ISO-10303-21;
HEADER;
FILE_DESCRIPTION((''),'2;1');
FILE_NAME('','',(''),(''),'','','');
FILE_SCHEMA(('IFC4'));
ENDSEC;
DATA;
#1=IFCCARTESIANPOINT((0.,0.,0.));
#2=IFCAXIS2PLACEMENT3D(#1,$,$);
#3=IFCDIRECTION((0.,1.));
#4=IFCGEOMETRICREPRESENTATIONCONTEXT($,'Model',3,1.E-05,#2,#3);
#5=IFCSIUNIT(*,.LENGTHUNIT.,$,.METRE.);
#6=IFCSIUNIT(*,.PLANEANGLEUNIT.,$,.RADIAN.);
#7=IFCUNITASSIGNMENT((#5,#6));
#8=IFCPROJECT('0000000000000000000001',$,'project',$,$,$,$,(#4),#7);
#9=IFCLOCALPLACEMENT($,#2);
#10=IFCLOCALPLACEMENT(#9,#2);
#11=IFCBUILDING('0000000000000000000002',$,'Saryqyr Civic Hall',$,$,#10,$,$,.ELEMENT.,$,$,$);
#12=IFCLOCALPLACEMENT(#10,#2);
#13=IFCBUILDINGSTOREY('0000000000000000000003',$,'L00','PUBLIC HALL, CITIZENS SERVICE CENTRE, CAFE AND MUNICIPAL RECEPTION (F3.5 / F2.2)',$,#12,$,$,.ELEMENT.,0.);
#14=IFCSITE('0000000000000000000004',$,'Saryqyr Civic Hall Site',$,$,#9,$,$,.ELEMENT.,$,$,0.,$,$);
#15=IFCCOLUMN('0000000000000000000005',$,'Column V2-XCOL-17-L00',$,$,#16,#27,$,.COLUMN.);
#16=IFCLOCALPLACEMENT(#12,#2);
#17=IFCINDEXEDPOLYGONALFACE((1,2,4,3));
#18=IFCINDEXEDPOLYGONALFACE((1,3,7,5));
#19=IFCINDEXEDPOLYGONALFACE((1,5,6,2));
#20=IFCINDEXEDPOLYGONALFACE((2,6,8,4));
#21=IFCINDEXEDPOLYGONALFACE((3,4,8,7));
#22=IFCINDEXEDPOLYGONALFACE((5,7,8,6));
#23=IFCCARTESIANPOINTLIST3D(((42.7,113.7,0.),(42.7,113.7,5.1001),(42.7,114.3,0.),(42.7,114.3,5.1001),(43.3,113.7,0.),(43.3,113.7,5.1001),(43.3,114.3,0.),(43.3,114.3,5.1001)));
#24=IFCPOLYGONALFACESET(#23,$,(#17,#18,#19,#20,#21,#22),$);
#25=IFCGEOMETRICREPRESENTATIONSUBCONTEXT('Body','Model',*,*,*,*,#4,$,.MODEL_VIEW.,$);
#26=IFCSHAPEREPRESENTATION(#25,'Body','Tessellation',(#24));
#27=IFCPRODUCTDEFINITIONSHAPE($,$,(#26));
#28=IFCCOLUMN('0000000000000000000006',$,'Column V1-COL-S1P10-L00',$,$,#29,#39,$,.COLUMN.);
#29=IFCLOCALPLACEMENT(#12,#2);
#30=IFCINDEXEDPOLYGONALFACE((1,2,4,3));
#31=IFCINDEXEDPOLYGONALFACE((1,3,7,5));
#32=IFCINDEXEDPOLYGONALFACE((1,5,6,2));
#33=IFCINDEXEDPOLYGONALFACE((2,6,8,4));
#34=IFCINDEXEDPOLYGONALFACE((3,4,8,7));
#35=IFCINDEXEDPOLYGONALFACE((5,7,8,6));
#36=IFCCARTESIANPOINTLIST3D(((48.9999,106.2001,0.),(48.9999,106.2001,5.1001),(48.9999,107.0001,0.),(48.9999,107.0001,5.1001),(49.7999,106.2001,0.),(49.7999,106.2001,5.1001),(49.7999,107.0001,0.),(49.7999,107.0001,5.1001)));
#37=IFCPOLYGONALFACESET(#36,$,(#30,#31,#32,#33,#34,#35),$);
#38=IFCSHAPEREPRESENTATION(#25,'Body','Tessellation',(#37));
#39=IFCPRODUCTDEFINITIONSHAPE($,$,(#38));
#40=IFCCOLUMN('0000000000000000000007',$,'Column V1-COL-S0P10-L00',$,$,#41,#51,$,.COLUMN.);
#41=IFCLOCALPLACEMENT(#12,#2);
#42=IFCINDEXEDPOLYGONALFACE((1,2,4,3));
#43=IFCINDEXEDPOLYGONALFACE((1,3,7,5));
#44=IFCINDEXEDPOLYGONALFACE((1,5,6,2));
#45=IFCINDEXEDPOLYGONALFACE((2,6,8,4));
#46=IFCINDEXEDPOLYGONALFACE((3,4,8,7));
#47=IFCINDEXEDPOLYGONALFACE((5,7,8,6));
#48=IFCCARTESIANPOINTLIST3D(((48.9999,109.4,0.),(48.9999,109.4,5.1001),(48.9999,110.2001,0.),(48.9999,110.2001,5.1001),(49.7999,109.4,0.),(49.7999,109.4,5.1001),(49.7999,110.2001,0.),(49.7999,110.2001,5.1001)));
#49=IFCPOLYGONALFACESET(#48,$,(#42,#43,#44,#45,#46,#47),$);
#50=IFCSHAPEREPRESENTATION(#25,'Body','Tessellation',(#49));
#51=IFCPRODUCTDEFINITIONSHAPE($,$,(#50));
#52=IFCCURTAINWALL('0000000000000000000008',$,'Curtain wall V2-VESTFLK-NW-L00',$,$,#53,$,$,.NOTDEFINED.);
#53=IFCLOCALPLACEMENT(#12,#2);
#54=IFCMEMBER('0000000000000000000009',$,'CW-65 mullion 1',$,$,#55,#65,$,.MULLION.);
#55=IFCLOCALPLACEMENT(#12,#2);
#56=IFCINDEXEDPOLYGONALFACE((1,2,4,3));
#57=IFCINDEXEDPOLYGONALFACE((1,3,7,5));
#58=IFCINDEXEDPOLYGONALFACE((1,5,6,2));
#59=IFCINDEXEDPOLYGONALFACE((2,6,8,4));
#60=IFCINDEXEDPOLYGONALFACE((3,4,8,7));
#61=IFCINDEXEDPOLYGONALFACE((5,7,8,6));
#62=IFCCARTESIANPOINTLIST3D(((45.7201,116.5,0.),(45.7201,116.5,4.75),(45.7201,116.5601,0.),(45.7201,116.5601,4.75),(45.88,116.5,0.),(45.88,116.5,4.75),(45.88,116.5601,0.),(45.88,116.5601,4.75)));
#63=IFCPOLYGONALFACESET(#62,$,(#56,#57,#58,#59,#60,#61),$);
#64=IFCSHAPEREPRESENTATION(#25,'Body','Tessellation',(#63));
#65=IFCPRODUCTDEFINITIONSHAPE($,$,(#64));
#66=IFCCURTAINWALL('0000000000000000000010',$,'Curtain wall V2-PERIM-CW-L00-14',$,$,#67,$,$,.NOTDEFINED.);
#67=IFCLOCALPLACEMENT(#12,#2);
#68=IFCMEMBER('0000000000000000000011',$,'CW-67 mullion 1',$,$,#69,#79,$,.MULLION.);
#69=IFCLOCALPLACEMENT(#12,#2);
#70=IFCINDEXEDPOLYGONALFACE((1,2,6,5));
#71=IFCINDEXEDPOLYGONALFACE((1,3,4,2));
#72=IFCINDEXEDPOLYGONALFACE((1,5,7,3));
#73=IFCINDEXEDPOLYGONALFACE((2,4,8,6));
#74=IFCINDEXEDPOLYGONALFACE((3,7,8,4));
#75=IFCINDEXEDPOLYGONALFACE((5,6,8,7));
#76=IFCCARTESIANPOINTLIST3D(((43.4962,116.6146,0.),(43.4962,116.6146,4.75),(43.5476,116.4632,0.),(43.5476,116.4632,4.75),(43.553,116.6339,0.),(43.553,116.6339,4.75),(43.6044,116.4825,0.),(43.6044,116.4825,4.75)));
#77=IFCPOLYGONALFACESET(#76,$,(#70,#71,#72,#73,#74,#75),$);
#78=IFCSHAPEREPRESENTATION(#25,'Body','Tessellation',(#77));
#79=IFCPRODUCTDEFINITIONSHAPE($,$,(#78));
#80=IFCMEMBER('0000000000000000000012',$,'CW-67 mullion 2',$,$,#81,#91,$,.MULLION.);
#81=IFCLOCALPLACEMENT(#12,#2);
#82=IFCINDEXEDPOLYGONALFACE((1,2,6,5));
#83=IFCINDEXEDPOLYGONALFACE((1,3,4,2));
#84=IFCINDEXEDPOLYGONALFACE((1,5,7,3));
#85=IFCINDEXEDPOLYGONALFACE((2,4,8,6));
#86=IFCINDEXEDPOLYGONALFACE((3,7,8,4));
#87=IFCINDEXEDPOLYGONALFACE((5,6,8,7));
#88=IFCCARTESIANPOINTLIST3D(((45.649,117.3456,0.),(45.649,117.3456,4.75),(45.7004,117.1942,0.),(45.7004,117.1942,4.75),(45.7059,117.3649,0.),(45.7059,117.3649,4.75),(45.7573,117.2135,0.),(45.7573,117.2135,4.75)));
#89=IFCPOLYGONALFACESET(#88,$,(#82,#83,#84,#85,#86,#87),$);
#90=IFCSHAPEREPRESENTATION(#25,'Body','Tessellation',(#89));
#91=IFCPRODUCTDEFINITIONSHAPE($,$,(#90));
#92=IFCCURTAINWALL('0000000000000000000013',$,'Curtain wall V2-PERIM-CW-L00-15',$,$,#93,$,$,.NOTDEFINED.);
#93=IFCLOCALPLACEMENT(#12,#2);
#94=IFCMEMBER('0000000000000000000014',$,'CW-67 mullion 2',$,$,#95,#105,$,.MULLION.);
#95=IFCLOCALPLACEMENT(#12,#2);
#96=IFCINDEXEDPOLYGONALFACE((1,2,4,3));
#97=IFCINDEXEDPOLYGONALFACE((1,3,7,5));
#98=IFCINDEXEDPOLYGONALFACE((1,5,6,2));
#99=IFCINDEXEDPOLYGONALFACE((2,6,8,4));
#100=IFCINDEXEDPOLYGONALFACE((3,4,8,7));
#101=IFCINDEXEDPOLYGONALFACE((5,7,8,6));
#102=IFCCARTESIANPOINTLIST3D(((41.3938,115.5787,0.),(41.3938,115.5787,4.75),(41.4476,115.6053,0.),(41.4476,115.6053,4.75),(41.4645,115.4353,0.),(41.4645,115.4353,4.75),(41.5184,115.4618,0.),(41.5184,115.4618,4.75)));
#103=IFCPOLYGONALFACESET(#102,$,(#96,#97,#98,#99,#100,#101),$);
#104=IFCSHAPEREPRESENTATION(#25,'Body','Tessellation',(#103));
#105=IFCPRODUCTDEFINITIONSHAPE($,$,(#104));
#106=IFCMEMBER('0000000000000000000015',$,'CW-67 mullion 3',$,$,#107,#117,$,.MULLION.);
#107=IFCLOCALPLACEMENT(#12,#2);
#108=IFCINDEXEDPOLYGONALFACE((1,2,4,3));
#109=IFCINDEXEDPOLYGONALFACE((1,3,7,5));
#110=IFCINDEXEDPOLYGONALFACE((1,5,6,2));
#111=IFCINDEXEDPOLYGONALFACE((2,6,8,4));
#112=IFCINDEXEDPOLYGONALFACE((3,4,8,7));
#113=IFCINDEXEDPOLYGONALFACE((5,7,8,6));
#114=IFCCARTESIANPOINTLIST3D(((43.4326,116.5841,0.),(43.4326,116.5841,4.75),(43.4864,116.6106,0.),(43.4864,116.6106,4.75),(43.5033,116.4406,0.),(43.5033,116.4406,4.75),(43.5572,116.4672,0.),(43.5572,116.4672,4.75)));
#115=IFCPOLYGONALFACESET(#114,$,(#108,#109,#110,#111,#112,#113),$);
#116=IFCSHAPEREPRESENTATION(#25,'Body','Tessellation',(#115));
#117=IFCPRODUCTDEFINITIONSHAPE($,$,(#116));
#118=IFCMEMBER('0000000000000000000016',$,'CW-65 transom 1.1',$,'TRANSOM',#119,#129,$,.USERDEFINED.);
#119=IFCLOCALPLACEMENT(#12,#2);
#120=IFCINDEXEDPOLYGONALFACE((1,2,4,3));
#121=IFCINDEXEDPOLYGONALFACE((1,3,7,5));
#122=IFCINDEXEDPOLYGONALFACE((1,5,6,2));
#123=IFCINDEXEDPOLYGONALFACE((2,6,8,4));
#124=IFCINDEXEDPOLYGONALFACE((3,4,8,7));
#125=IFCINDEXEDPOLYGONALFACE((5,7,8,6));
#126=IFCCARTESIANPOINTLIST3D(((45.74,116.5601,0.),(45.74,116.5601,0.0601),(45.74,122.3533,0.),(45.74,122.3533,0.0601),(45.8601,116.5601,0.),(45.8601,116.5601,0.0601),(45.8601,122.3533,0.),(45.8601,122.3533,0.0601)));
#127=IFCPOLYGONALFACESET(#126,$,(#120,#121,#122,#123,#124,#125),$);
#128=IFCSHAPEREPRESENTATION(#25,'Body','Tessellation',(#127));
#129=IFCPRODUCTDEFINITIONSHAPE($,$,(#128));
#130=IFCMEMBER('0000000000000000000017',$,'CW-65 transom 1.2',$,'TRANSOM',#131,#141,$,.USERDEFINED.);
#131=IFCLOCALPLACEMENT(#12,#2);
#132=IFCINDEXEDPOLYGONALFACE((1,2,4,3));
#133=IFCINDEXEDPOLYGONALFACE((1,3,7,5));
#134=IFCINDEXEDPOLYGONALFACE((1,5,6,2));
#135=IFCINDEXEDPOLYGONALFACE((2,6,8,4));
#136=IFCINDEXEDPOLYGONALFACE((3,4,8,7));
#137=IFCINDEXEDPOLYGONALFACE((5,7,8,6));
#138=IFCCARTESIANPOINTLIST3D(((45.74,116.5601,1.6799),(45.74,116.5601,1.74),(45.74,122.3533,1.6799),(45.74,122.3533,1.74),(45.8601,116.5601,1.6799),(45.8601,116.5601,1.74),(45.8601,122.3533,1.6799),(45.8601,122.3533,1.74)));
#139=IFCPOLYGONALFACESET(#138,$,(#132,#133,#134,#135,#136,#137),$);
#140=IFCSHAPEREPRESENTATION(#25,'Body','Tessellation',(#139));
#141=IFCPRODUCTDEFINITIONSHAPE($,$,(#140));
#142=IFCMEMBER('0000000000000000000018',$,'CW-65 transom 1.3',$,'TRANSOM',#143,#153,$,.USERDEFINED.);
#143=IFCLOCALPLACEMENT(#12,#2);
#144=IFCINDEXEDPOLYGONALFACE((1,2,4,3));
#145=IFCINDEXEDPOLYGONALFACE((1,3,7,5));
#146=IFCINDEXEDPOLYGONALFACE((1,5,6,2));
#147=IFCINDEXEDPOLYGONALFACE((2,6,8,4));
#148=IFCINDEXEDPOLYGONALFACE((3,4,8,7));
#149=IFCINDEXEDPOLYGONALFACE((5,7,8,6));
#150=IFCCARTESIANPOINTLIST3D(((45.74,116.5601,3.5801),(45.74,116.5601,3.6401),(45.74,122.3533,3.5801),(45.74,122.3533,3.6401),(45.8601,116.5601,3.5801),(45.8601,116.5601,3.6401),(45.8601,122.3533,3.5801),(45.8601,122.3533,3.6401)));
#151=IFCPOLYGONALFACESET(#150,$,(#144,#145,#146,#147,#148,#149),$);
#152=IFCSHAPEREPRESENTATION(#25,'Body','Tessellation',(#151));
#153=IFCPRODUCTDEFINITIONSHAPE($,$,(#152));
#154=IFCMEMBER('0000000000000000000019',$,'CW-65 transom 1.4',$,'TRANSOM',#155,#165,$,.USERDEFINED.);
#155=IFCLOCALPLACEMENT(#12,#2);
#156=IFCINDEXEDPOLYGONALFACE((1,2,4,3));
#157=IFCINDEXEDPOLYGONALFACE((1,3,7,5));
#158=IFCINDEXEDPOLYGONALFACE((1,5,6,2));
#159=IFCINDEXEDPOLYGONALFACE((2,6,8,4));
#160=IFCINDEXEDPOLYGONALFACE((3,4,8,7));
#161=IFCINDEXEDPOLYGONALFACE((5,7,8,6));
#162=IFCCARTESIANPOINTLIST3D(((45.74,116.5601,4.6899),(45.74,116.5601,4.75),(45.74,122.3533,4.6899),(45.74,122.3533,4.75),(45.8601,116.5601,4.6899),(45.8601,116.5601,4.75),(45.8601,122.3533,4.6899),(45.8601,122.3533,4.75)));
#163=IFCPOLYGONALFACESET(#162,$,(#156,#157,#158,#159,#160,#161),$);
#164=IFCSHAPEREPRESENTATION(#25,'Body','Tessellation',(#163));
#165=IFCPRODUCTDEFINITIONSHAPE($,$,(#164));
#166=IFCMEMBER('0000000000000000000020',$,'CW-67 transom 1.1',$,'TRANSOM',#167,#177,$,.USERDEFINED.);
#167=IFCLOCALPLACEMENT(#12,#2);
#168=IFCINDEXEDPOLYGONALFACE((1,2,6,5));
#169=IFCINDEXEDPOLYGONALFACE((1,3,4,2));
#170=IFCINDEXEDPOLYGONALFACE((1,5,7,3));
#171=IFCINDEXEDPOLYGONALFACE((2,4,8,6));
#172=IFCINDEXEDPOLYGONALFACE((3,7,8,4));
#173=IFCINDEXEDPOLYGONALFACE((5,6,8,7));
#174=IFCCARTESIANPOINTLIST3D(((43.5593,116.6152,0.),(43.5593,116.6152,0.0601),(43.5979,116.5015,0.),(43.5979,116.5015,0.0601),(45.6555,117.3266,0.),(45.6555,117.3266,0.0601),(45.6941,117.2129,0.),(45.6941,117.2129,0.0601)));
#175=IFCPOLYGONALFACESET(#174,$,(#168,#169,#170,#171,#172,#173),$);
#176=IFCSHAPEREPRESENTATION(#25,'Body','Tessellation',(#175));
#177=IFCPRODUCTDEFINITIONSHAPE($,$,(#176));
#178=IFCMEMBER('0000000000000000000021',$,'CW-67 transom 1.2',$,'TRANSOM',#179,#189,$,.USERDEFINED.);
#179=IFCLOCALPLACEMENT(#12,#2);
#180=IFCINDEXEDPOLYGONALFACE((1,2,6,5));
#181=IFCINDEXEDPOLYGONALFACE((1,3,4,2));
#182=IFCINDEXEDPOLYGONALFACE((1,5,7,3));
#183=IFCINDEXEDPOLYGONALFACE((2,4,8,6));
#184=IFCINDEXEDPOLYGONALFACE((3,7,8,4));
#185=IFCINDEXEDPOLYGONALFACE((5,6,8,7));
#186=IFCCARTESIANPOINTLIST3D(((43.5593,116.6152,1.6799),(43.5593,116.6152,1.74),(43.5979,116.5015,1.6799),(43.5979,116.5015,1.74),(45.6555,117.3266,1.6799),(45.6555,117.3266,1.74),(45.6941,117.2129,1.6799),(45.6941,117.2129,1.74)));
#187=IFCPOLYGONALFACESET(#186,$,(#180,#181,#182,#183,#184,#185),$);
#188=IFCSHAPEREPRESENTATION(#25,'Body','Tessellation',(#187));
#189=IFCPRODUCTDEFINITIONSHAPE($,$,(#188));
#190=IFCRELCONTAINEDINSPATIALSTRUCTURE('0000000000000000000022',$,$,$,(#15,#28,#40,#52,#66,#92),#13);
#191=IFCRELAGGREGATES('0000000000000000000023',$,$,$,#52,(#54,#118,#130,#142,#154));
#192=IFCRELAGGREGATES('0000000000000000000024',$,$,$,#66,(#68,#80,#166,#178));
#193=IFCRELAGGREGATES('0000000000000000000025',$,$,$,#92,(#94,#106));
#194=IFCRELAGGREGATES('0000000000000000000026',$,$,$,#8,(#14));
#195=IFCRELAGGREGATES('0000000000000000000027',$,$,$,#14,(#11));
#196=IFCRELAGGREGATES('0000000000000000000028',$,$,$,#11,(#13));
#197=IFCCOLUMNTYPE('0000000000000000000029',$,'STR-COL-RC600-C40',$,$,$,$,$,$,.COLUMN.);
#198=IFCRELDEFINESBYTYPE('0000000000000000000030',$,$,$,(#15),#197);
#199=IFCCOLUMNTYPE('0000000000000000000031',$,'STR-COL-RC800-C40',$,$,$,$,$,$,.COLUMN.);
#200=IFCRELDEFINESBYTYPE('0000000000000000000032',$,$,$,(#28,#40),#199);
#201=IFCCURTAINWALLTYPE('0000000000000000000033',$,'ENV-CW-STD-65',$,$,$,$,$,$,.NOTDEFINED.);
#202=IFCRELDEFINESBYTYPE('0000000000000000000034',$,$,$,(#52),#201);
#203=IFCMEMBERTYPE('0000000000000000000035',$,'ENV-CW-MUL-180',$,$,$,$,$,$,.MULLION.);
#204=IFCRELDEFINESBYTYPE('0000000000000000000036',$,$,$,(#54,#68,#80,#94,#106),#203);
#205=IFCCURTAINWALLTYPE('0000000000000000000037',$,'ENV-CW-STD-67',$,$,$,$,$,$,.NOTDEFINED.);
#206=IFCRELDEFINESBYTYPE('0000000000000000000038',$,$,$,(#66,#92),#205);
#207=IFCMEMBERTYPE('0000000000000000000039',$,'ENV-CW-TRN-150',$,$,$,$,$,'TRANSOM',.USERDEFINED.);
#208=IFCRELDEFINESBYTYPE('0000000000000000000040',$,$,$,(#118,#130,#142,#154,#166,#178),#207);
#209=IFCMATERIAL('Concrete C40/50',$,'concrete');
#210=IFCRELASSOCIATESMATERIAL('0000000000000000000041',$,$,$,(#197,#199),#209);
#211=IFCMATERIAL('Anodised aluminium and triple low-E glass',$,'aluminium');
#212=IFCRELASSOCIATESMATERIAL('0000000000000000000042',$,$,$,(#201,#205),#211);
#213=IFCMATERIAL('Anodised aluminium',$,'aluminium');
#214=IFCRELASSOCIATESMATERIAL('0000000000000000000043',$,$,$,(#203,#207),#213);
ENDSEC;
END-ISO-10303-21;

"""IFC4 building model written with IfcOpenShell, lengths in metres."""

from ifc_helpers import new_model, si_unit, direction, frame, origin, origin_2d, place, context, subcontext, project, spatial, rectangle, extrude, material, material_profile, profile_set, type_object, element, aggregate, save


model = new_model("IFC4")

# Units and contexts
model_context = context("Model", 3, precision=1e-05, world=origin(), true_north=direction((0.0, 1.0)))
body_context = subcontext(model_context, "Body", "Model", "MODEL_VIEW")
ifc_project = project(units=[si_unit("LENGTHUNIT", "METRE"), si_unit("PLANEANGLEUNIT", "RADIAN")], contexts=[model_context])

# Site, building, storey
site_placement = place(None, origin())
site = spatial("IfcSite", under=ifc_project, at=site_placement, Name="Saryqyr Civic Hall Site", CompositionType="ELEMENT", RefElevation=0.0)
building_placement = place(site_placement, origin())
building = spatial("IfcBuilding", under=site, at=building_placement, Name="Saryqyr Civic Hall", CompositionType="ELEMENT")
storey_placement = place(building_placement, origin())
storey = spatial("IfcBuildingStorey", under=building, at=storey_placement, Name="L00", Description="PUBLIC HALL, CITIZENS SERVICE CENTRE, CAFE AND MUNICIPAL RECEPTION (F3.5 / F2.2)", CompositionType="ELEMENT", Elevation=0.0)

# Columns
ifc_material_1 = material(Name="Concrete C40/50", Category="concrete")
ifc_material_profile_1 = material_profile(ifc_material_1, rectangle(XDim=0.6001, YDim=0.6001, at=origin_2d()), Name="RC 600x600")
ifc_profile_set_1 = profile_set([ifc_material_profile_1], Name="Concrete C40/50")
column_type_1 = type_object("IfcColumnType", Name="STR-COL-RC600-C40", PredefinedType="COLUMN", material=ifc_profile_set_1)
column_placement = place(storey_placement, frame((43.0, 114.0, 0.0), z_axis=(0.0, 0.0, 1.0), x_axis=(1.0, 0.0, 0.0)))
element("IfcColumn", 1, at=column_placement, inside=storey, type_object=column_type_1, Name="Column V2-XCOL-17-L00", PredefinedType="COLUMN", context=body_context, shape_type="SweptSolid", body=[
    extrude(rectangle(XDim=0.6001, YDim=0.6001, at=origin_2d()), origin(), (0.0, 0.0, 1.0), 5.1001),
])
ifc_material_profile_2 = material_profile(ifc_material_1, rectangle(XDim=0.8, YDim=0.8, at=origin_2d()), Name="RC 800x800")
ifc_profile_set_2 = profile_set([ifc_material_profile_2], Name="Concrete C40/50")
column_type_2 = type_object("IfcColumnType", Name="STR-COL-RC800-C40", PredefinedType="COLUMN", material=ifc_profile_set_2)
for number, where, z_axis, x_axis, name in (
    (2, (49.3999, 106.6001, 0.0), (0.0, 0.0, 1.0), (1.0, 0.0, 0.0), "Column V1-COL-S1P10-L00"),
    (3, (49.3999, 109.8, 0.0), (0.0, 0.0, 1.0), (1.0, 0.0, 0.0), "Column V1-COL-S0P10-L00"),
):
    element("IfcColumn", number, at=place(storey_placement, frame(where, z_axis=z_axis, x_axis=x_axis)), inside=storey, type_object=column_type_2, Name=name, PredefinedType="COLUMN", context=body_context, shape_type="SweptSolid", body=[
        extrude(rectangle(XDim=0.8, YDim=0.8, at=origin_2d()), origin(), (0.0, 0.0, 1.0), 5.1001),
    ])

# Curtain wall, member
ifc_material_2 = material(Name="Anodised aluminium and triple low-E glass", Category="aluminium")
curtain_wall_type_1 = type_object("IfcCurtainWallType", Name="ENV-CW-STD-65", PredefinedType="NOTDEFINED", material=ifc_material_2)
curtain_wall_1_placement = place(storey_placement, origin())
curtain_wall_1 = element("IfcCurtainWall", 4, at=curtain_wall_1_placement, inside=storey, type_object=curtain_wall_type_1, Name="Curtain wall V2-VESTFLK-NW-L00", PredefinedType="NOTDEFINED")
ifc_material_3 = material(Name="Anodised aluminium", Category="aluminium")
ifc_material_profile_3 = material_profile(ifc_material_3, rectangle(XDim=0.0601, YDim=0.1599, at=origin_2d()), Name="ALU MULLION 60x160")
ifc_profile_set_3 = profile_set([ifc_material_profile_3], Name="Anodised aluminium")
member_type_1 = type_object("IfcMemberType", Name="ENV-CW-MUL-180", PredefinedType="MULLION", material=ifc_profile_set_3)
member_1_placement = place(storey_placement, frame((45.8, 116.53, 0.0), z_axis=(0.0, 0.0, 1.0), x_axis=(0.0, 1.0, 0.0)))
member_1 = element("IfcMember", 5, at=member_1_placement, type_object=member_type_1, Name="CW-65 mullion 1", PredefinedType="MULLION", context=body_context, shape_type="SweptSolid", body=[
    extrude(rectangle(XDim=0.0601, YDim=0.1599, at=origin_2d()), origin(), (0.0, 0.0, 1.0), 4.75),
])

# Curtain walls, members
curtain_wall_type_2 = type_object("IfcCurtainWallType", Name="ENV-CW-STD-67", PredefinedType="NOTDEFINED", material=ifc_material_2)
curtain_wall_2_placement = place(storey_placement, origin())
curtain_wall_2 = element("IfcCurtainWall", 6, at=curtain_wall_2_placement, inside=storey, type_object=curtain_wall_type_2, Name="Curtain wall V2-PERIM-CW-L00-14", PredefinedType="NOTDEFINED")
member_2_placement = place(storey_placement, frame((43.5503, 116.5486, 0.0), z_axis=(0.0, 0.0, 1.0), x_axis=(0.946928, 0.321445, 0.0)))
member_2 = element("IfcMember", 7, at=member_2_placement, type_object=member_type_1, Name="CW-67 mullion 1", PredefinedType="MULLION", context=body_context, shape_type="SweptSolid", body=[
    extrude(rectangle(XDim=0.0601, YDim=0.1599, at=origin_2d()), origin(), (0.0, 0.0, 1.0), 4.75),
])
member_3_placement = place(storey_placement, frame((45.7031, 117.2795, 0.0), z_axis=(0.0, 0.0, 1.0), x_axis=(0.946928, 0.321445, 0.0)))
member_3 = element("IfcMember", 8, at=member_3_placement, type_object=member_type_1, Name="CW-67 mullion 2", PredefinedType="MULLION", context=body_context, shape_type="SweptSolid", body=[
    extrude(rectangle(XDim=0.0601, YDim=0.1599, at=origin_2d()), origin(), (0.0, 0.0, 1.0), 4.75),
])
curtain_wall_3_placement = place(storey_placement, origin())
curtain_wall_3 = element("IfcCurtainWall", 9, at=curtain_wall_3_placement, inside=storey, type_object=curtain_wall_type_2, Name="Curtain wall V2-PERIM-CW-L00-15", PredefinedType="NOTDEFINED")
member_4_placement = place(storey_placement, frame((41.4561, 115.5203, 0.0), z_axis=(0.0, 0.0, 1.0), x_axis=(0.896875, 0.442284, 0.0)))
member_4 = element("IfcMember", 10, at=member_4_placement, type_object=member_type_1, Name="CW-67 mullion 2", PredefinedType="MULLION", context=body_context, shape_type="SweptSolid", body=[
    extrude(rectangle(XDim=0.0601, YDim=0.1599, at=origin_2d()), origin(), (0.0, 0.0, 1.0), 4.75),
])
member_5_placement = place(storey_placement, frame((43.4949, 116.5256, 0.0), z_axis=(0.0, 0.0, 1.0), x_axis=(0.896875, 0.442284, 0.0)))
member_5 = element("IfcMember", 11, at=member_5_placement, type_object=member_type_1, Name="CW-67 mullion 3", PredefinedType="MULLION", context=body_context, shape_type="SweptSolid", body=[
    extrude(rectangle(XDim=0.0601, YDim=0.1599, at=origin_2d()), origin(), (0.0, 0.0, 1.0), 4.75),
])

# Members
ifc_material_profile_4 = material_profile(ifc_material_3, rectangle(XDim=0.1201, YDim=0.0601, at=origin_2d()), Name="ALU TRANSOM 120x60")
ifc_profile_set_4 = profile_set([ifc_material_profile_4], Name="Anodised aluminium")
member_type_2 = type_object("IfcMemberType", Name="ENV-CW-TRN-150", ElementType="TRANSOM", PredefinedType="USERDEFINED", material=ifc_profile_set_4)
member_6_placement = place(storey_placement, frame((45.8, 116.5601, 0.03), z_axis=(0.0, 1.0, 0.0), x_axis=(-1.0, 0.0, 0.0)))
member_6 = element("IfcMember", 12, at=member_6_placement, type_object=member_type_2, Name="CW-65 transom 1.1", ObjectType="TRANSOM", PredefinedType="USERDEFINED", context=body_context, shape_type="SweptSolid", body=[
    extrude(rectangle(XDim=0.1201, YDim=0.0601, at=origin_2d()), origin(), (0.0, 0.0, 1.0), 5.7932),
])
member_7_placement = place(storey_placement, frame((45.8, 116.5601, 1.71), z_axis=(0.0, 1.0, 0.0), x_axis=(-1.0, 0.0, 0.0)))
member_7 = element("IfcMember", 13, at=member_7_placement, type_object=member_type_2, Name="CW-65 transom 1.2", ObjectType="TRANSOM", PredefinedType="USERDEFINED", context=body_context, shape_type="SweptSolid", body=[
    extrude(rectangle(XDim=0.1201, YDim=0.0601, at=origin_2d()), origin(), (0.0, 0.0, 1.0), 5.7932),
])
member_8_placement = place(storey_placement, frame((45.8, 116.5601, 3.6101), z_axis=(0.0, 1.0, 0.0), x_axis=(-1.0, 0.0, 0.0)))
member_8 = element("IfcMember", 14, at=member_8_placement, type_object=member_type_2, Name="CW-65 transom 1.3", ObjectType="TRANSOM", PredefinedType="USERDEFINED", context=body_context, shape_type="SweptSolid", body=[
    extrude(rectangle(XDim=0.1201, YDim=0.0601, at=origin_2d()), origin(), (0.0, 0.0, 1.0), 5.7932),
])
member_9_placement = place(storey_placement, frame((45.8, 116.5601, 4.72), z_axis=(0.0, 1.0, 0.0), x_axis=(-1.0, 0.0, 0.0)))
member_9 = element("IfcMember", 15, at=member_9_placement, type_object=member_type_2, Name="CW-65 transom 1.4", ObjectType="TRANSOM", PredefinedType="USERDEFINED", context=body_context, shape_type="SweptSolid", body=[
    extrude(rectangle(XDim=0.1201, YDim=0.0601, at=origin_2d()), origin(), (0.0, 0.0, 1.0), 5.7932),
])
aggregate(curtain_wall_1, [member_1, member_6, member_7, member_8, member_9])
member_10_placement = place(storey_placement, frame((43.5786, 116.5583, 0.03), z_axis=(0.946949, 0.321385, 0.0), x_axis=(-0.321385, 0.946949, 0.0)))
member_10 = element("IfcMember", 16, at=member_10_placement, type_object=member_type_2, Name="CW-67 transom 1.1", ObjectType="TRANSOM", PredefinedType="USERDEFINED", context=body_context, shape_type="SweptSolid", body=[
    extrude(rectangle(XDim=0.1201, YDim=0.0601, at=origin_2d()), origin(), (0.0, 0.0, 1.0), 2.2136),
])
member_11_placement = place(storey_placement, frame((43.5786, 116.5583, 1.71), z_axis=(0.946949, 0.321385, 0.0), x_axis=(-0.321385, 0.946949, 0.0)))
member_11 = element("IfcMember", 17, at=member_11_placement, type_object=member_type_2, Name="CW-67 transom 1.2", ObjectType="TRANSOM", PredefinedType="USERDEFINED", context=body_context, shape_type="SweptSolid", body=[
    extrude(rectangle(XDim=0.1201, YDim=0.0601, at=origin_2d()), origin(), (0.0, 0.0, 1.0), 2.2136),
])

aggregate(curtain_wall_2, [member_2, member_3, member_10, member_11])
aggregate(curtain_wall_3, [member_4, member_5])

save(model, "model.ifc")
